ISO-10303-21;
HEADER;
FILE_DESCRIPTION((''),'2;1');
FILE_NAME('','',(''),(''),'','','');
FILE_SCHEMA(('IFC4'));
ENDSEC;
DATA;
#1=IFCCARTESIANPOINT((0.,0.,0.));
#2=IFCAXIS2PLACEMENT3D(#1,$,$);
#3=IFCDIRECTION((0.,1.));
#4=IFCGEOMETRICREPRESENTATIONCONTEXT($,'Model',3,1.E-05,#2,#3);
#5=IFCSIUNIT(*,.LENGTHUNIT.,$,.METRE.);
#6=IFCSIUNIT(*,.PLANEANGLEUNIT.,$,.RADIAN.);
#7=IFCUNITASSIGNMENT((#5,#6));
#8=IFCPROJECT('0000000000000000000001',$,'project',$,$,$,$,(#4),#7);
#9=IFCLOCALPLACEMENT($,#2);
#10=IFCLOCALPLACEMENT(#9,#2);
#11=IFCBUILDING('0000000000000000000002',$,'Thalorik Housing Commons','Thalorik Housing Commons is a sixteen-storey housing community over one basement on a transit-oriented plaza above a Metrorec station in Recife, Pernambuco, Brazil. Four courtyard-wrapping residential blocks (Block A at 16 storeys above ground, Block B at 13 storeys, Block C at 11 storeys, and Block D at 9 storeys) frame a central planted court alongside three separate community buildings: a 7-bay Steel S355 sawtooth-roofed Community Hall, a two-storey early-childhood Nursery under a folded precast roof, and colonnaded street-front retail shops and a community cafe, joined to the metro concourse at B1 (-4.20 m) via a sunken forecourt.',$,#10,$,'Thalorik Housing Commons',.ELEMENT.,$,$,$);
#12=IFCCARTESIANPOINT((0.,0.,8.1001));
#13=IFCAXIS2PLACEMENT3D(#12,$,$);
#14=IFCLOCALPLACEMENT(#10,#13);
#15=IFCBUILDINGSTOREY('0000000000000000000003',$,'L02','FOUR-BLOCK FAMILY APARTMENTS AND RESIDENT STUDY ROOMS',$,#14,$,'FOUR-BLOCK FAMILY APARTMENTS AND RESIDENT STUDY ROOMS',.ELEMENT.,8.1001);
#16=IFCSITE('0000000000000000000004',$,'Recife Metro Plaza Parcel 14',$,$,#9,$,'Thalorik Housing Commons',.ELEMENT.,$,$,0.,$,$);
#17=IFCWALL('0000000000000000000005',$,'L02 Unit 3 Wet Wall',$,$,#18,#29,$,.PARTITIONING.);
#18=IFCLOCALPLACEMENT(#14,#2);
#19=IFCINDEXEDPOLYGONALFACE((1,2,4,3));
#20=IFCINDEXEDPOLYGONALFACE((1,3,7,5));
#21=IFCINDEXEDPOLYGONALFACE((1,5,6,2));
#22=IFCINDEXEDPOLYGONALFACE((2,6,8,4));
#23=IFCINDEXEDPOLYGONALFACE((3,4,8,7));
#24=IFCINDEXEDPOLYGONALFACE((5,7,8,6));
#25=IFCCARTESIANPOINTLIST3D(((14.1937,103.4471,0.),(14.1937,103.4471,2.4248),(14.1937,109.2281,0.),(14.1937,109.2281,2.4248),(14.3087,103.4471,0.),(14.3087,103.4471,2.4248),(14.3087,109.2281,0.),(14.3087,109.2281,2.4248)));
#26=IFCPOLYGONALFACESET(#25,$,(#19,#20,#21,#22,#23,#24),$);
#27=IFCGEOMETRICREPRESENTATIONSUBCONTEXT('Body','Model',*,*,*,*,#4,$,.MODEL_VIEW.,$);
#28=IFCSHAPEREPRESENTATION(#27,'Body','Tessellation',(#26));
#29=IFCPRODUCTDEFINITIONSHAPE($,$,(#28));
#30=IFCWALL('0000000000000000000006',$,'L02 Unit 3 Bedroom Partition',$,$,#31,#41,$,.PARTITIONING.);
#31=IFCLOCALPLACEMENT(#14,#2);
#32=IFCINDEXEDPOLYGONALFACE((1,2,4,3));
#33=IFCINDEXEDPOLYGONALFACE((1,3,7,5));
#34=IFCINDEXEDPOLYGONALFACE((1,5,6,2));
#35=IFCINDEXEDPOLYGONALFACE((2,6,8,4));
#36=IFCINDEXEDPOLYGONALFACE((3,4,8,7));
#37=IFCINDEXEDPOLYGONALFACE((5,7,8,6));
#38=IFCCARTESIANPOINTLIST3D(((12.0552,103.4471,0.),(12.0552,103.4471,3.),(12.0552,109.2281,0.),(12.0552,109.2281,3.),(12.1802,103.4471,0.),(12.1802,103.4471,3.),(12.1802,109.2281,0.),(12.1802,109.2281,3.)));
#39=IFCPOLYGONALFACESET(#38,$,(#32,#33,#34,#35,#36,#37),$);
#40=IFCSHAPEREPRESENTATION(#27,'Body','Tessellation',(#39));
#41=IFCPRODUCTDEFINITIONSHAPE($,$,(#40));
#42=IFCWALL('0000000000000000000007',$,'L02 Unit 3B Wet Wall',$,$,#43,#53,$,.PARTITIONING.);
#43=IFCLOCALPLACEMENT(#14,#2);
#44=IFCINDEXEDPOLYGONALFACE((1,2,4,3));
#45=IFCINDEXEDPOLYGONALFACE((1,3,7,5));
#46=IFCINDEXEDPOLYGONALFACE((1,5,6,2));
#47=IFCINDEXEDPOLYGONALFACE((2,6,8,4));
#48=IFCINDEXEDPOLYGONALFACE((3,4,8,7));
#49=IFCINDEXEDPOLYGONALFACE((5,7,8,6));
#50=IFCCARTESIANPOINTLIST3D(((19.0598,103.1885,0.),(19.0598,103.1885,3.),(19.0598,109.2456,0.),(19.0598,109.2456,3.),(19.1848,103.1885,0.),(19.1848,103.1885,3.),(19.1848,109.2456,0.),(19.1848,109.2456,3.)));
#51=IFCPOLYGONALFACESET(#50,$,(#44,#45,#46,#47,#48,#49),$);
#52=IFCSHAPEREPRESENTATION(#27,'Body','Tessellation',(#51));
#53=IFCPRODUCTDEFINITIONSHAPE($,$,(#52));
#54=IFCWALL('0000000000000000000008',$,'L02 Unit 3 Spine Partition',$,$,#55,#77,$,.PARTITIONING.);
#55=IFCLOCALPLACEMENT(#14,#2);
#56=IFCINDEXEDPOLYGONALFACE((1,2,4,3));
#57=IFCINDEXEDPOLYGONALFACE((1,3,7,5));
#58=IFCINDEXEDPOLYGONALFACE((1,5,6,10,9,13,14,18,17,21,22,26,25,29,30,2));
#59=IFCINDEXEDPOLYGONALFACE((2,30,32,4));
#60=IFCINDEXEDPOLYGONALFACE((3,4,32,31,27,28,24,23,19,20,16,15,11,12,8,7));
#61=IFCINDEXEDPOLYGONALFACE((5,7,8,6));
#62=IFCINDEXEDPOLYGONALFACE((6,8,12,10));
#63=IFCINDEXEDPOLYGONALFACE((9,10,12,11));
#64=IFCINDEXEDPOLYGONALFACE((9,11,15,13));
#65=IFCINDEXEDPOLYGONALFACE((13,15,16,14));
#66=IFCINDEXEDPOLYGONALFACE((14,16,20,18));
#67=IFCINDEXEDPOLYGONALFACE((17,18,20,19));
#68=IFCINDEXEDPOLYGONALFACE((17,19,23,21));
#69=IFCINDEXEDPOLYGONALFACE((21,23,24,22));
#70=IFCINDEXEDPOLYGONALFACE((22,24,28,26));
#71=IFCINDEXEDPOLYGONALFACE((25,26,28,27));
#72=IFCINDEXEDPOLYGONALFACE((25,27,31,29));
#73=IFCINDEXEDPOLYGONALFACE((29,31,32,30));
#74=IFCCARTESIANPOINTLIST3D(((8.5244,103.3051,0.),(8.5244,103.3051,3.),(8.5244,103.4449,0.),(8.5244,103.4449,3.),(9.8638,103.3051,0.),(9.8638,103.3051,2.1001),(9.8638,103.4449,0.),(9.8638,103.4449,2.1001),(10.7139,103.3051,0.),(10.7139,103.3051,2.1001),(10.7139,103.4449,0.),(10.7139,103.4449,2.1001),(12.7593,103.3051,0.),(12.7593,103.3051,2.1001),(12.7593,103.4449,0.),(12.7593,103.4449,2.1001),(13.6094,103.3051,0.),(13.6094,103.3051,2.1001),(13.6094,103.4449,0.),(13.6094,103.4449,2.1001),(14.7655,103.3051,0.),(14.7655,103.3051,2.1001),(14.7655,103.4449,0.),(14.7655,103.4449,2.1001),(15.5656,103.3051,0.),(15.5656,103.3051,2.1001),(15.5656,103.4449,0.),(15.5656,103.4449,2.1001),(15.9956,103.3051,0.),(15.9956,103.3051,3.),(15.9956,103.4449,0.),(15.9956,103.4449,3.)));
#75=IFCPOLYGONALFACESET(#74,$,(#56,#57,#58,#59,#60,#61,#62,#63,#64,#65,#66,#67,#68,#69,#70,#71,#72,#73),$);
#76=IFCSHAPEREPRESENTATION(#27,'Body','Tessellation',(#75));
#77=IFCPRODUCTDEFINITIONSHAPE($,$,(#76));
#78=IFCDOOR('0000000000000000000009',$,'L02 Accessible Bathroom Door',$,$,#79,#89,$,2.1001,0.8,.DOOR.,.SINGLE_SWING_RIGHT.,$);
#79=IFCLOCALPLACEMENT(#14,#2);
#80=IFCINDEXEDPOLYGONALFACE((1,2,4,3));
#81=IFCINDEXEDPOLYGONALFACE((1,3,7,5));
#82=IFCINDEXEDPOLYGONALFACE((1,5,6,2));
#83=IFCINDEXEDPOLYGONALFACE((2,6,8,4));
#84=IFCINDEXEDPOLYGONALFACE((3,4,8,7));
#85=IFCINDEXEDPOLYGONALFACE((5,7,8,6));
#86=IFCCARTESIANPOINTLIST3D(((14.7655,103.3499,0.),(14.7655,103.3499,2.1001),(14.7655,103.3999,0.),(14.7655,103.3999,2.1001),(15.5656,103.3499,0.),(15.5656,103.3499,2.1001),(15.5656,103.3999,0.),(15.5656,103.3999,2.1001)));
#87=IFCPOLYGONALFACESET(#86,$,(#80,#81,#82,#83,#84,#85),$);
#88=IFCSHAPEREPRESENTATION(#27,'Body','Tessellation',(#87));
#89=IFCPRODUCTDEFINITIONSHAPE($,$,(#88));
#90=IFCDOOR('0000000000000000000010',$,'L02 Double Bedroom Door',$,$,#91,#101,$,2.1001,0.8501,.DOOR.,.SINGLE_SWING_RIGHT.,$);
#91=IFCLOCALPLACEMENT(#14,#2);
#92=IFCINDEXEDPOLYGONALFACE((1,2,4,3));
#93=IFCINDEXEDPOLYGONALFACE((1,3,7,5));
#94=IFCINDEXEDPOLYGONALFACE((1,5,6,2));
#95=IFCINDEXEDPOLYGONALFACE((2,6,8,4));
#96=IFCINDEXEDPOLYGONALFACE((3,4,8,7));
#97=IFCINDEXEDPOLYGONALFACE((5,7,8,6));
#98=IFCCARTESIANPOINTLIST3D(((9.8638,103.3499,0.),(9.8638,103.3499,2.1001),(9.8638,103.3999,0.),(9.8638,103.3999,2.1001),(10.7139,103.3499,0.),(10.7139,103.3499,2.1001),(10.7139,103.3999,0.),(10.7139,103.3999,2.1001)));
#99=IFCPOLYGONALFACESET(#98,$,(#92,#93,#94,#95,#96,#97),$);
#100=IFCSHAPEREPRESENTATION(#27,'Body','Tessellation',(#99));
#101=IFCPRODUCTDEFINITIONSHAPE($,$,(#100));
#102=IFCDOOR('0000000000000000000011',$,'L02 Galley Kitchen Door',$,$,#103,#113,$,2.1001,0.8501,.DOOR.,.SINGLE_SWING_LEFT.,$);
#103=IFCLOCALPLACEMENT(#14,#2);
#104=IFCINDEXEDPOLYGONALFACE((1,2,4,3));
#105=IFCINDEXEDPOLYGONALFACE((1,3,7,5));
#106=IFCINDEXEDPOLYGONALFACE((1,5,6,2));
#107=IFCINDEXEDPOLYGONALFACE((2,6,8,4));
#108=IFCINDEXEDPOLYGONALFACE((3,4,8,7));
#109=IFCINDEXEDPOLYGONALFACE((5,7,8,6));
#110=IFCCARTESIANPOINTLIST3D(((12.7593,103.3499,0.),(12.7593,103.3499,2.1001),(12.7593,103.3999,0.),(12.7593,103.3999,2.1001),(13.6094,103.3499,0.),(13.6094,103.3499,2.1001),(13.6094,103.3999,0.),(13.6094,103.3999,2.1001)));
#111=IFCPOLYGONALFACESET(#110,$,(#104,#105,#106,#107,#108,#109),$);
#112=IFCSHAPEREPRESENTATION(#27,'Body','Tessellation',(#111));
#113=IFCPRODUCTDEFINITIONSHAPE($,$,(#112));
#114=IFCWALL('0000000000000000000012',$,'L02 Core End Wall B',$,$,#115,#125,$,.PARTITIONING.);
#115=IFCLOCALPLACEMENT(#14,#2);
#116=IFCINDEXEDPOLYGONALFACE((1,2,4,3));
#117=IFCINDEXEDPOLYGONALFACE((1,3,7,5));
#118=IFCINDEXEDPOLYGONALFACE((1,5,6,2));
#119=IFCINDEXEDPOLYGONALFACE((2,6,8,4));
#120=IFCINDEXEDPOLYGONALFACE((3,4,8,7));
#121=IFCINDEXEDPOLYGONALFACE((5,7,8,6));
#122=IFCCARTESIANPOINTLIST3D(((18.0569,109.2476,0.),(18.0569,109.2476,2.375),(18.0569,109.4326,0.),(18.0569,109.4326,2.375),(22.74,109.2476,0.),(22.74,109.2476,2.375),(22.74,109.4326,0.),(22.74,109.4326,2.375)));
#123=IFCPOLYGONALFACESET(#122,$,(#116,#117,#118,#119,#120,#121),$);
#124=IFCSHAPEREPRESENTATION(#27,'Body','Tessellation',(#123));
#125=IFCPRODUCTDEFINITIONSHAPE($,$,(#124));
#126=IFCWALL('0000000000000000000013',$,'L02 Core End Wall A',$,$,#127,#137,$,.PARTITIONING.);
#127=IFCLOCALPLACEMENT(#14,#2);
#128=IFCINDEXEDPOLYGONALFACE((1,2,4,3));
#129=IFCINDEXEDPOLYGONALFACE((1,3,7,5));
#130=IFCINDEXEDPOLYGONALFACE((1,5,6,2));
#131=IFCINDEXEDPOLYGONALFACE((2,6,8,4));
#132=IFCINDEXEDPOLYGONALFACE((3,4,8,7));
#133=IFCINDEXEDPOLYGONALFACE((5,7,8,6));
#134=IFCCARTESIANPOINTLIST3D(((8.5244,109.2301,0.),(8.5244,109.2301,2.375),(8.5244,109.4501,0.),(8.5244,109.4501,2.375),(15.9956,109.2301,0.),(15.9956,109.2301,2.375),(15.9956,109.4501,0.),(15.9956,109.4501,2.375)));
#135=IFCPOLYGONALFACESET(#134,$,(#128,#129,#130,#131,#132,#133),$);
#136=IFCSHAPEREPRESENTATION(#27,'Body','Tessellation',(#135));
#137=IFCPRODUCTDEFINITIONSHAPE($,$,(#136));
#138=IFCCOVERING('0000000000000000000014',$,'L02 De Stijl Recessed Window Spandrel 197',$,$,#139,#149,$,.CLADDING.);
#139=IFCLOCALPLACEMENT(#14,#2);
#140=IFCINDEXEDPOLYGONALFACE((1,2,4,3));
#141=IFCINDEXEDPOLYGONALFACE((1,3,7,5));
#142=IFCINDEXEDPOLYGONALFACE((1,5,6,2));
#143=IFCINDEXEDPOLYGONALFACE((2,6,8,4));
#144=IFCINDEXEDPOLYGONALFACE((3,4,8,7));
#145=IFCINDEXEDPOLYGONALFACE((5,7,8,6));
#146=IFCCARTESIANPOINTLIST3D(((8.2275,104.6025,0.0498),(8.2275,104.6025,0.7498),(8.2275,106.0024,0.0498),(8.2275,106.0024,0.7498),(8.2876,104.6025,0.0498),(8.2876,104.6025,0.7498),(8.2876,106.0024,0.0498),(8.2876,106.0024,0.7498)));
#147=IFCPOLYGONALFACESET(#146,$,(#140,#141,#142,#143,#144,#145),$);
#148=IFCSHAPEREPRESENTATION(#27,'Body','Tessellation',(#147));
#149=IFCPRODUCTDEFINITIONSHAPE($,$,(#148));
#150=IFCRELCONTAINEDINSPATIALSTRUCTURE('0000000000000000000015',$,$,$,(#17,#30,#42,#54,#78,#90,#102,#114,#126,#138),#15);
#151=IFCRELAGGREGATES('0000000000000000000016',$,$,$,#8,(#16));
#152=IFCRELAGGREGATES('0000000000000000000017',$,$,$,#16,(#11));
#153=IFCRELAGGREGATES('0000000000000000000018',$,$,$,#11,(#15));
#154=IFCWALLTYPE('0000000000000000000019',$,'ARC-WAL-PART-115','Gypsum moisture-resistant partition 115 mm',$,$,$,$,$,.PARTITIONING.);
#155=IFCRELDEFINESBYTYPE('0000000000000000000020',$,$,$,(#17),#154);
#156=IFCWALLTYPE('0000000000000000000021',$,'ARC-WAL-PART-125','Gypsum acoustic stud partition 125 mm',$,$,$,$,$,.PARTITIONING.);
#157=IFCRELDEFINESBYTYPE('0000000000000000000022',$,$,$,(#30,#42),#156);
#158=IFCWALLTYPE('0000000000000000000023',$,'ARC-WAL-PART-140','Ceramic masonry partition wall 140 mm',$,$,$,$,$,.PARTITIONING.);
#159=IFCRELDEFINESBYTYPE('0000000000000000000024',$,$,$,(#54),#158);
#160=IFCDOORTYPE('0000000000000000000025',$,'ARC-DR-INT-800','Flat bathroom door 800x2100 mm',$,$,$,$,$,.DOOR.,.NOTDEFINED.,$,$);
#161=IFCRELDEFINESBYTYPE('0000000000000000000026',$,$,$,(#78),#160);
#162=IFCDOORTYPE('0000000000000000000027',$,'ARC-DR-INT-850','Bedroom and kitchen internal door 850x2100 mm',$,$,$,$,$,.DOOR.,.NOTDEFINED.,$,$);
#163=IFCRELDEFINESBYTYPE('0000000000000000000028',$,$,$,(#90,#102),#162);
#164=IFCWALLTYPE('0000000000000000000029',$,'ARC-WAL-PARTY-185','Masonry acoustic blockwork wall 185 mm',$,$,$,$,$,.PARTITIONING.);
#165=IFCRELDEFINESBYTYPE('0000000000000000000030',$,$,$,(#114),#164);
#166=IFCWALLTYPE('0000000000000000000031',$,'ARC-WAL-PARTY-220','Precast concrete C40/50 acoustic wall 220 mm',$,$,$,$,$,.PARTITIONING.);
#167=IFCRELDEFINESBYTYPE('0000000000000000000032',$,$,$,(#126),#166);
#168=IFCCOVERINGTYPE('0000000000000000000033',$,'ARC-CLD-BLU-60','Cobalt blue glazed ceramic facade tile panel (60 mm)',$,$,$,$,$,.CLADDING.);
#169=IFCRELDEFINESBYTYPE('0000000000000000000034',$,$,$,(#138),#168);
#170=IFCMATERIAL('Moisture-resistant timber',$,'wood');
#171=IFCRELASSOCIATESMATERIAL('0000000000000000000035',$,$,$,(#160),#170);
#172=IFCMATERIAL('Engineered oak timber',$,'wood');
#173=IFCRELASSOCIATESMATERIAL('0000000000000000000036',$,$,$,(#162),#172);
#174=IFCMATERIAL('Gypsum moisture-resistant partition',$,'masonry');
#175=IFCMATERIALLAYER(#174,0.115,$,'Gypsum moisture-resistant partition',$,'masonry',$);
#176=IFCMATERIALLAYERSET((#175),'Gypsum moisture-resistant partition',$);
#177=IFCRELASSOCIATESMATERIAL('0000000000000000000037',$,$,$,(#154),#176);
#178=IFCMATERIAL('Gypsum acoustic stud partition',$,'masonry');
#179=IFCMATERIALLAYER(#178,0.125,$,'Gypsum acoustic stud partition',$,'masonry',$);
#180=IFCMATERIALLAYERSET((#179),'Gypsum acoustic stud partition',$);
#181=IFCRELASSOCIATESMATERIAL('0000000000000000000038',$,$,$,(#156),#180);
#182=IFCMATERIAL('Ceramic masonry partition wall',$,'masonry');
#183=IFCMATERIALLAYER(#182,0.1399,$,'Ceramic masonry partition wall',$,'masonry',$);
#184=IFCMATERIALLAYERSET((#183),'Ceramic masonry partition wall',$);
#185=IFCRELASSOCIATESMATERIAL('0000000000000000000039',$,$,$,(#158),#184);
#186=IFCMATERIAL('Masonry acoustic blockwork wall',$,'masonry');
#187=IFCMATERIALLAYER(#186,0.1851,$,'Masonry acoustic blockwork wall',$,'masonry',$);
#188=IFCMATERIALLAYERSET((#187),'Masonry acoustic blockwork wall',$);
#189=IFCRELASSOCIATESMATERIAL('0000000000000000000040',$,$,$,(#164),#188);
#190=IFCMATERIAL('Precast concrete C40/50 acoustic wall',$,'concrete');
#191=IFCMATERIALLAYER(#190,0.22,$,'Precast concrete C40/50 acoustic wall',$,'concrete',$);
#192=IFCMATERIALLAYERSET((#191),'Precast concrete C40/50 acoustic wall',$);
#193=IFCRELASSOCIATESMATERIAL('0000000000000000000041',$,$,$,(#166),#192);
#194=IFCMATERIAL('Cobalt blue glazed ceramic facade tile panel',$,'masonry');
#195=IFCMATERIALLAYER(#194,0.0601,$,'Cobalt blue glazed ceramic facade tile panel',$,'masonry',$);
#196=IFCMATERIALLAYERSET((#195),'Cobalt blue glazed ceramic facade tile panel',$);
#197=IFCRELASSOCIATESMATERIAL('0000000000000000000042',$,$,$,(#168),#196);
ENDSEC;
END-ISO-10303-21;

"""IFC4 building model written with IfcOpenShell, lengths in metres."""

from ifc_helpers import new_model, si_unit, direction, frame, frame_2d, origin, origin_2d, place, context, subcontext, project, spatial, rectangle, extrude, material, layer, layer_set, type_object, element, fill, save


model = new_model("IFC4")

# Units and contexts
model_context = context("Model", 3, precision=1e-05, world=origin(), true_north=direction((0.0, 1.0)))
body_context = subcontext(model_context, "Body", "Model", "MODEL_VIEW")
ifc_project = project(units=[si_unit("LENGTHUNIT", "METRE"), si_unit("PLANEANGLEUNIT", "RADIAN")], contexts=[model_context])

# Site, building, storey
site_placement = place(None, origin())
site = spatial("IfcSite", under=ifc_project, at=site_placement, Name="Recife Metro Plaza Parcel 14", LongName="Thalorik Housing Commons", CompositionType="ELEMENT", RefElevation=0.0)
building_placement = place(site_placement, origin())
building = spatial("IfcBuilding", under=site, at=building_placement, Name="Thalorik Housing Commons", Description="Thalorik Housing Commons is a sixteen-storey housing community over one basement on a transit-oriented plaza above a Metrorec station in Recife, Pernambuco, Brazil. Four courtyard-wrapping residential blocks (Block A at 16 storeys above ground, Block B at 13 storeys, Block C at 11 storeys, and Block D at 9 storeys) frame a central planted court alongside three separate community buildings: a 7-bay Steel S355 sawtooth-roofed Community Hall, a two-storey early-childhood Nursery under a folded precast roof, and colonnaded street-front retail shops and a community cafe, joined to the metro concourse at B1 (-4.20 m) via a sunken forecourt.", LongName="Thalorik Housing Commons", CompositionType="ELEMENT")
storey_placement = place(building_placement, frame((0.0, 0.0, 8.1001)))
storey = spatial("IfcBuildingStorey", under=building, at=storey_placement, Name="L02", Description="FOUR-BLOCK FAMILY APARTMENTS AND RESIDENT STUDY ROOMS", LongName="FOUR-BLOCK FAMILY APARTMENTS AND RESIDENT STUDY ROOMS", CompositionType="ELEMENT", Elevation=8.1001)

# Shared definitions
ifc_material_1 = material(Name="Moisture-resistant timber", Category="wood")
door_type_1 = type_object("IfcDoorType", Name="ARC-DR-INT-800", Description="Flat bathroom door 800x2100 mm", OperationType="NOTDEFINED", PredefinedType="DOOR", material=ifc_material_1)
ifc_material_2 = material(Name="Engineered oak timber", Category="wood")
door_type_2 = type_object("IfcDoorType", Name="ARC-DR-INT-850", Description="Bedroom and kitchen internal door 850x2100 mm", OperationType="NOTDEFINED", PredefinedType="DOOR", material=ifc_material_2)

# Walls
ifc_material_3 = material(Name="Gypsum moisture-resistant partition", Category="masonry")
ifc_layer_1 = layer(ifc_material_3, 0.115, Name="Gypsum moisture-resistant partition", Category="masonry")
ifc_layer_set_1 = layer_set([ifc_layer_1], Name="Gypsum moisture-resistant partition")
wall_type_1 = type_object("IfcWallType", Name="ARC-WAL-PART-115", Description="Gypsum moisture-resistant partition 115 mm", PredefinedType="PARTITIONING", material=ifc_layer_set_1)
wall_1_placement = place(storey_placement, frame((14.2512, 103.447, 0.0), z_axis=(0.0, 0.0, 1.0), x_axis=(0.0, 1.0, 0.0)))
element("IfcWall", 1, at=wall_1_placement, inside=storey, type_object=wall_type_1, Name="L02 Unit 3 Wet Wall", PredefinedType="PARTITIONING", context=body_context, shape_type="SweptSolid", body=[
    extrude(rectangle(XDim=5.781, YDim=0.115, at=frame_2d((2.8906, 0.0))), origin(), (0.0, 0.0, 1.0), 2.4248),
])
ifc_material_4 = material(Name="Gypsum acoustic stud partition", Category="masonry")
ifc_layer_2 = layer(ifc_material_4, 0.125, Name="Gypsum acoustic stud partition", Category="masonry")
ifc_layer_set_2 = layer_set([ifc_layer_2], Name="Gypsum acoustic stud partition")
wall_type_2 = type_object("IfcWallType", Name="ARC-WAL-PART-125", Description="Gypsum acoustic stud partition 125 mm", PredefinedType="PARTITIONING", material=ifc_layer_set_2)
wall_2_placement = place(storey_placement, frame((12.1177, 103.447, 0.0), z_axis=(0.0, 0.0, 1.0), x_axis=(0.0, 1.0, 0.0)))
element("IfcWall", 2, at=wall_2_placement, inside=storey, type_object=wall_type_2, Name="L02 Unit 3 Bedroom Partition", PredefinedType="PARTITIONING", context=body_context, shape_type="SweptSolid", body=[
    extrude(rectangle(XDim=5.781, YDim=0.125, at=frame_2d((2.8906, 0.0))), origin(), (0.0, 0.0, 1.0), 3.0),
])
wall_3_placement = place(storey_placement, frame((19.1223, 103.1885, 0.0), z_axis=(0.0, 0.0, 1.0), x_axis=(0.0, 1.0, 0.0)))
element("IfcWall", 3, at=wall_3_placement, inside=storey, type_object=wall_type_2, Name="L02 Unit 3B Wet Wall", PredefinedType="PARTITIONING", context=body_context, shape_type="SweptSolid", body=[
    extrude(rectangle(XDim=6.0571, YDim=0.125, at=frame_2d((3.0286, 0.0))), origin(), (0.0, 0.0, 1.0), 3.0),
])

# Wall, openings, doors
ifc_material_5 = material(Name="Ceramic masonry partition wall", Category="masonry")
ifc_layer_3 = layer(ifc_material_5, 0.1399, Name="Ceramic masonry partition wall", Category="masonry")
ifc_layer_set_3 = layer_set([ifc_layer_3], Name="Ceramic masonry partition wall")
wall_type_3 = type_object("IfcWallType", Name="ARC-WAL-PART-140", Description="Ceramic masonry partition wall 140 mm", PredefinedType="PARTITIONING", material=ifc_layer_set_3)
wall_4_placement = place(storey_placement, frame((8.5244, 103.375, 0.0), z_axis=(0.0, 0.0, 1.0), x_axis=(1.0, 0.0, 0.0)))
wall_4 = element("IfcWall", 4, at=wall_4_placement, inside=storey, type_object=wall_type_3, Name="L02 Unit 3 Spine Partition", PredefinedType="PARTITIONING", context=body_context, shape_type="SweptSolid", body=[
    extrude(rectangle(XDim=7.4712, YDim=0.1399, at=frame_2d((3.7356, 0.0))), origin(), (0.0, 0.0, 1.0), 3.0),
])
opening_1_placement = place(wall_4_placement, frame((1.3394, 0.0, 0.0)))
opening_1 = element("IfcOpeningElement", 5, at=opening_1_placement, cuts=wall_4, PredefinedType="OPENING", context=body_context, shape_type="SweptSolid", body=[
    extrude(rectangle(XDim=0.8501, YDim=2.1001, at=frame_2d((0.425, 1.05))), frame((0.0, 0.0801, 0.0), z_axis=(0.0, -1.0, 0.0), x_axis=(1.0, 0.0, 0.0)), (0.0, 0.0, 1.0), 0.1599),
])
opening_2_placement = place(wall_4_placement, frame((4.2349, 0.0, 0.0)))
opening_2 = element("IfcOpeningElement", 6, at=opening_2_placement, cuts=wall_4, PredefinedType="OPENING", context=body_context, shape_type="SweptSolid", body=[
    extrude(rectangle(XDim=0.8501, YDim=2.1001, at=frame_2d((0.425, 1.05))), frame((0.0, 0.0801, 0.0), z_axis=(0.0, -1.0, 0.0), x_axis=(1.0, 0.0, 0.0)), (0.0, 0.0, 1.0), 0.1599),
])
opening_3_placement = place(wall_4_placement, frame((6.2412, 0.0, 0.0)))
opening_3 = element("IfcOpeningElement", 7, at=opening_3_placement, cuts=wall_4, PredefinedType="OPENING", context=body_context, shape_type="SweptSolid", body=[
    extrude(rectangle(XDim=0.8, YDim=2.1001, at=frame_2d((0.3999, 1.05))), frame((0.0, 0.0801, 0.0), z_axis=(0.0, -1.0, 0.0), x_axis=(1.0, 0.0, 0.0)), (0.0, 0.0, 1.0), 0.1599),
])
door_1_placement = place(opening_3_placement, origin())
door_1 = element("IfcDoor", 8, at=door_1_placement, inside=storey, type_object=door_type_1, Name="L02 Accessible Bathroom Door", OperationType="SINGLE_SWING_RIGHT", OverallHeight=2.1001, OverallWidth=0.8, PredefinedType="DOOR", context=body_context, shape_type="SweptSolid", body=[
    extrude(rectangle(XDim=0.8, YDim=2.1001, at=frame_2d((0.3999, 1.05))), frame((0.0, 0.0249, 0.0), z_axis=(0.0, -1.0, 0.0), x_axis=(1.0, 0.0, 0.0)), (0.0, 0.0, 1.0), 0.05),
])
fill(opening_3, door_1)
door_2_placement = place(opening_1_placement, origin())
door_2 = element("IfcDoor", 9, at=door_2_placement, inside=storey, type_object=door_type_2, Name="L02 Double Bedroom Door", OperationType="SINGLE_SWING_RIGHT", OverallHeight=2.1001, OverallWidth=0.8501, PredefinedType="DOOR", context=body_context, shape_type="SweptSolid", body=[
    extrude(rectangle(XDim=0.8501, YDim=2.1001, at=frame_2d((0.425, 1.05))), frame((0.0, 0.0249, 0.0), z_axis=(0.0, -1.0, 0.0), x_axis=(1.0, 0.0, 0.0)), (0.0, 0.0, 1.0), 0.05),
])
fill(opening_1, door_2)
door_3_placement = place(opening_2_placement, origin())
door_3 = element("IfcDoor", 10, at=door_3_placement, inside=storey, type_object=door_type_2, Name="L02 Galley Kitchen Door", OperationType="SINGLE_SWING_LEFT", OverallHeight=2.1001, OverallWidth=0.8501, PredefinedType="DOOR", context=body_context, shape_type="SweptSolid", body=[
    extrude(rectangle(XDim=0.8501, YDim=2.1001, at=frame_2d((0.425, 1.05))), frame((0.0, 0.0249, 0.0), z_axis=(0.0, -1.0, 0.0), x_axis=(1.0, 0.0, 0.0)), (0.0, 0.0, 1.0), 0.05),
])
fill(opening_2, door_3)

# Walls
ifc_material_6 = material(Name="Masonry acoustic blockwork wall", Category="masonry")
ifc_layer_4 = layer(ifc_material_6, 0.1851, Name="Masonry acoustic blockwork wall", Category="masonry")
ifc_layer_set_4 = layer_set([ifc_layer_4], Name="Masonry acoustic blockwork wall")
wall_type_4 = type_object("IfcWallType", Name="ARC-WAL-PARTY-185", Description="Masonry acoustic blockwork wall 185 mm", PredefinedType="PARTITIONING", material=ifc_layer_set_4)
wall_5_placement = place(storey_placement, frame((18.0569, 109.3401, 0.0), z_axis=(0.0, 0.0, 1.0), x_axis=(1.0, 0.0, 0.0)))
element("IfcWall", 11, at=wall_5_placement, inside=storey, type_object=wall_type_4, Name="L02 Core End Wall B", PredefinedType="PARTITIONING", context=body_context, shape_type="SweptSolid", body=[
    extrude(rectangle(XDim=4.6831, YDim=0.1851, at=frame_2d((2.3416, 0.0))), origin(), (0.0, 0.0, 1.0), 2.375),
])
ifc_material_7 = material(Name="Precast concrete C40/50 acoustic wall", Category="concrete")
ifc_layer_5 = layer(ifc_material_7, 0.22, Name="Precast concrete C40/50 acoustic wall", Category="concrete")
ifc_layer_set_5 = layer_set([ifc_layer_5], Name="Precast concrete C40/50 acoustic wall")
wall_type_5 = type_object("IfcWallType", Name="ARC-WAL-PARTY-220", Description="Precast concrete C40/50 acoustic wall 220 mm", PredefinedType="PARTITIONING", material=ifc_layer_set_5)
wall_6_placement = place(storey_placement, frame((8.5244, 109.3401, 0.0), z_axis=(0.0, 0.0, 1.0), x_axis=(1.0, 0.0, 0.0)))
element("IfcWall", 12, at=wall_6_placement, inside=storey, type_object=wall_type_5, Name="L02 Core End Wall A", PredefinedType="PARTITIONING", context=body_context, shape_type="SweptSolid", body=[
    extrude(rectangle(XDim=7.4712, YDim=0.22, at=frame_2d((3.7356, 0.0))), origin(), (0.0, 0.0, 1.0), 2.375),
])

# Covering
ifc_material_8 = material(Name="Cobalt blue glazed ceramic facade tile panel", Category="masonry")
ifc_layer_6 = layer(ifc_material_8, 0.0601, Name="Cobalt blue glazed ceramic facade tile panel", Category="masonry")
ifc_layer_set_6 = layer_set([ifc_layer_6], Name="Cobalt blue glazed ceramic facade tile panel")
covering_type_1 = type_object("IfcCoveringType", Name="ARC-CLD-BLU-60", Description="Cobalt blue glazed ceramic facade tile panel (60 mm)", PredefinedType="CLADDING", material=ifc_layer_set_6)
covering_1_placement = place(storey_placement, frame((8.2576, 105.3025, 0.0498), z_axis=(0.0, 0.0, 1.0), x_axis=(0.0, -1.0, 0.0)))
element("IfcCovering", 13, at=covering_1_placement, inside=storey, type_object=covering_type_1, Name="L02 De Stijl Recessed Window Spandrel 197", PredefinedType="CLADDING", context=body_context, shape_type="SweptSolid", body=[
    extrude(rectangle(XDim=1.3999, YDim=0.0601, at=origin_2d()), origin(), (0.0, 0.0, 1.0), 0.7),
])

save(model, "model.ifc")
